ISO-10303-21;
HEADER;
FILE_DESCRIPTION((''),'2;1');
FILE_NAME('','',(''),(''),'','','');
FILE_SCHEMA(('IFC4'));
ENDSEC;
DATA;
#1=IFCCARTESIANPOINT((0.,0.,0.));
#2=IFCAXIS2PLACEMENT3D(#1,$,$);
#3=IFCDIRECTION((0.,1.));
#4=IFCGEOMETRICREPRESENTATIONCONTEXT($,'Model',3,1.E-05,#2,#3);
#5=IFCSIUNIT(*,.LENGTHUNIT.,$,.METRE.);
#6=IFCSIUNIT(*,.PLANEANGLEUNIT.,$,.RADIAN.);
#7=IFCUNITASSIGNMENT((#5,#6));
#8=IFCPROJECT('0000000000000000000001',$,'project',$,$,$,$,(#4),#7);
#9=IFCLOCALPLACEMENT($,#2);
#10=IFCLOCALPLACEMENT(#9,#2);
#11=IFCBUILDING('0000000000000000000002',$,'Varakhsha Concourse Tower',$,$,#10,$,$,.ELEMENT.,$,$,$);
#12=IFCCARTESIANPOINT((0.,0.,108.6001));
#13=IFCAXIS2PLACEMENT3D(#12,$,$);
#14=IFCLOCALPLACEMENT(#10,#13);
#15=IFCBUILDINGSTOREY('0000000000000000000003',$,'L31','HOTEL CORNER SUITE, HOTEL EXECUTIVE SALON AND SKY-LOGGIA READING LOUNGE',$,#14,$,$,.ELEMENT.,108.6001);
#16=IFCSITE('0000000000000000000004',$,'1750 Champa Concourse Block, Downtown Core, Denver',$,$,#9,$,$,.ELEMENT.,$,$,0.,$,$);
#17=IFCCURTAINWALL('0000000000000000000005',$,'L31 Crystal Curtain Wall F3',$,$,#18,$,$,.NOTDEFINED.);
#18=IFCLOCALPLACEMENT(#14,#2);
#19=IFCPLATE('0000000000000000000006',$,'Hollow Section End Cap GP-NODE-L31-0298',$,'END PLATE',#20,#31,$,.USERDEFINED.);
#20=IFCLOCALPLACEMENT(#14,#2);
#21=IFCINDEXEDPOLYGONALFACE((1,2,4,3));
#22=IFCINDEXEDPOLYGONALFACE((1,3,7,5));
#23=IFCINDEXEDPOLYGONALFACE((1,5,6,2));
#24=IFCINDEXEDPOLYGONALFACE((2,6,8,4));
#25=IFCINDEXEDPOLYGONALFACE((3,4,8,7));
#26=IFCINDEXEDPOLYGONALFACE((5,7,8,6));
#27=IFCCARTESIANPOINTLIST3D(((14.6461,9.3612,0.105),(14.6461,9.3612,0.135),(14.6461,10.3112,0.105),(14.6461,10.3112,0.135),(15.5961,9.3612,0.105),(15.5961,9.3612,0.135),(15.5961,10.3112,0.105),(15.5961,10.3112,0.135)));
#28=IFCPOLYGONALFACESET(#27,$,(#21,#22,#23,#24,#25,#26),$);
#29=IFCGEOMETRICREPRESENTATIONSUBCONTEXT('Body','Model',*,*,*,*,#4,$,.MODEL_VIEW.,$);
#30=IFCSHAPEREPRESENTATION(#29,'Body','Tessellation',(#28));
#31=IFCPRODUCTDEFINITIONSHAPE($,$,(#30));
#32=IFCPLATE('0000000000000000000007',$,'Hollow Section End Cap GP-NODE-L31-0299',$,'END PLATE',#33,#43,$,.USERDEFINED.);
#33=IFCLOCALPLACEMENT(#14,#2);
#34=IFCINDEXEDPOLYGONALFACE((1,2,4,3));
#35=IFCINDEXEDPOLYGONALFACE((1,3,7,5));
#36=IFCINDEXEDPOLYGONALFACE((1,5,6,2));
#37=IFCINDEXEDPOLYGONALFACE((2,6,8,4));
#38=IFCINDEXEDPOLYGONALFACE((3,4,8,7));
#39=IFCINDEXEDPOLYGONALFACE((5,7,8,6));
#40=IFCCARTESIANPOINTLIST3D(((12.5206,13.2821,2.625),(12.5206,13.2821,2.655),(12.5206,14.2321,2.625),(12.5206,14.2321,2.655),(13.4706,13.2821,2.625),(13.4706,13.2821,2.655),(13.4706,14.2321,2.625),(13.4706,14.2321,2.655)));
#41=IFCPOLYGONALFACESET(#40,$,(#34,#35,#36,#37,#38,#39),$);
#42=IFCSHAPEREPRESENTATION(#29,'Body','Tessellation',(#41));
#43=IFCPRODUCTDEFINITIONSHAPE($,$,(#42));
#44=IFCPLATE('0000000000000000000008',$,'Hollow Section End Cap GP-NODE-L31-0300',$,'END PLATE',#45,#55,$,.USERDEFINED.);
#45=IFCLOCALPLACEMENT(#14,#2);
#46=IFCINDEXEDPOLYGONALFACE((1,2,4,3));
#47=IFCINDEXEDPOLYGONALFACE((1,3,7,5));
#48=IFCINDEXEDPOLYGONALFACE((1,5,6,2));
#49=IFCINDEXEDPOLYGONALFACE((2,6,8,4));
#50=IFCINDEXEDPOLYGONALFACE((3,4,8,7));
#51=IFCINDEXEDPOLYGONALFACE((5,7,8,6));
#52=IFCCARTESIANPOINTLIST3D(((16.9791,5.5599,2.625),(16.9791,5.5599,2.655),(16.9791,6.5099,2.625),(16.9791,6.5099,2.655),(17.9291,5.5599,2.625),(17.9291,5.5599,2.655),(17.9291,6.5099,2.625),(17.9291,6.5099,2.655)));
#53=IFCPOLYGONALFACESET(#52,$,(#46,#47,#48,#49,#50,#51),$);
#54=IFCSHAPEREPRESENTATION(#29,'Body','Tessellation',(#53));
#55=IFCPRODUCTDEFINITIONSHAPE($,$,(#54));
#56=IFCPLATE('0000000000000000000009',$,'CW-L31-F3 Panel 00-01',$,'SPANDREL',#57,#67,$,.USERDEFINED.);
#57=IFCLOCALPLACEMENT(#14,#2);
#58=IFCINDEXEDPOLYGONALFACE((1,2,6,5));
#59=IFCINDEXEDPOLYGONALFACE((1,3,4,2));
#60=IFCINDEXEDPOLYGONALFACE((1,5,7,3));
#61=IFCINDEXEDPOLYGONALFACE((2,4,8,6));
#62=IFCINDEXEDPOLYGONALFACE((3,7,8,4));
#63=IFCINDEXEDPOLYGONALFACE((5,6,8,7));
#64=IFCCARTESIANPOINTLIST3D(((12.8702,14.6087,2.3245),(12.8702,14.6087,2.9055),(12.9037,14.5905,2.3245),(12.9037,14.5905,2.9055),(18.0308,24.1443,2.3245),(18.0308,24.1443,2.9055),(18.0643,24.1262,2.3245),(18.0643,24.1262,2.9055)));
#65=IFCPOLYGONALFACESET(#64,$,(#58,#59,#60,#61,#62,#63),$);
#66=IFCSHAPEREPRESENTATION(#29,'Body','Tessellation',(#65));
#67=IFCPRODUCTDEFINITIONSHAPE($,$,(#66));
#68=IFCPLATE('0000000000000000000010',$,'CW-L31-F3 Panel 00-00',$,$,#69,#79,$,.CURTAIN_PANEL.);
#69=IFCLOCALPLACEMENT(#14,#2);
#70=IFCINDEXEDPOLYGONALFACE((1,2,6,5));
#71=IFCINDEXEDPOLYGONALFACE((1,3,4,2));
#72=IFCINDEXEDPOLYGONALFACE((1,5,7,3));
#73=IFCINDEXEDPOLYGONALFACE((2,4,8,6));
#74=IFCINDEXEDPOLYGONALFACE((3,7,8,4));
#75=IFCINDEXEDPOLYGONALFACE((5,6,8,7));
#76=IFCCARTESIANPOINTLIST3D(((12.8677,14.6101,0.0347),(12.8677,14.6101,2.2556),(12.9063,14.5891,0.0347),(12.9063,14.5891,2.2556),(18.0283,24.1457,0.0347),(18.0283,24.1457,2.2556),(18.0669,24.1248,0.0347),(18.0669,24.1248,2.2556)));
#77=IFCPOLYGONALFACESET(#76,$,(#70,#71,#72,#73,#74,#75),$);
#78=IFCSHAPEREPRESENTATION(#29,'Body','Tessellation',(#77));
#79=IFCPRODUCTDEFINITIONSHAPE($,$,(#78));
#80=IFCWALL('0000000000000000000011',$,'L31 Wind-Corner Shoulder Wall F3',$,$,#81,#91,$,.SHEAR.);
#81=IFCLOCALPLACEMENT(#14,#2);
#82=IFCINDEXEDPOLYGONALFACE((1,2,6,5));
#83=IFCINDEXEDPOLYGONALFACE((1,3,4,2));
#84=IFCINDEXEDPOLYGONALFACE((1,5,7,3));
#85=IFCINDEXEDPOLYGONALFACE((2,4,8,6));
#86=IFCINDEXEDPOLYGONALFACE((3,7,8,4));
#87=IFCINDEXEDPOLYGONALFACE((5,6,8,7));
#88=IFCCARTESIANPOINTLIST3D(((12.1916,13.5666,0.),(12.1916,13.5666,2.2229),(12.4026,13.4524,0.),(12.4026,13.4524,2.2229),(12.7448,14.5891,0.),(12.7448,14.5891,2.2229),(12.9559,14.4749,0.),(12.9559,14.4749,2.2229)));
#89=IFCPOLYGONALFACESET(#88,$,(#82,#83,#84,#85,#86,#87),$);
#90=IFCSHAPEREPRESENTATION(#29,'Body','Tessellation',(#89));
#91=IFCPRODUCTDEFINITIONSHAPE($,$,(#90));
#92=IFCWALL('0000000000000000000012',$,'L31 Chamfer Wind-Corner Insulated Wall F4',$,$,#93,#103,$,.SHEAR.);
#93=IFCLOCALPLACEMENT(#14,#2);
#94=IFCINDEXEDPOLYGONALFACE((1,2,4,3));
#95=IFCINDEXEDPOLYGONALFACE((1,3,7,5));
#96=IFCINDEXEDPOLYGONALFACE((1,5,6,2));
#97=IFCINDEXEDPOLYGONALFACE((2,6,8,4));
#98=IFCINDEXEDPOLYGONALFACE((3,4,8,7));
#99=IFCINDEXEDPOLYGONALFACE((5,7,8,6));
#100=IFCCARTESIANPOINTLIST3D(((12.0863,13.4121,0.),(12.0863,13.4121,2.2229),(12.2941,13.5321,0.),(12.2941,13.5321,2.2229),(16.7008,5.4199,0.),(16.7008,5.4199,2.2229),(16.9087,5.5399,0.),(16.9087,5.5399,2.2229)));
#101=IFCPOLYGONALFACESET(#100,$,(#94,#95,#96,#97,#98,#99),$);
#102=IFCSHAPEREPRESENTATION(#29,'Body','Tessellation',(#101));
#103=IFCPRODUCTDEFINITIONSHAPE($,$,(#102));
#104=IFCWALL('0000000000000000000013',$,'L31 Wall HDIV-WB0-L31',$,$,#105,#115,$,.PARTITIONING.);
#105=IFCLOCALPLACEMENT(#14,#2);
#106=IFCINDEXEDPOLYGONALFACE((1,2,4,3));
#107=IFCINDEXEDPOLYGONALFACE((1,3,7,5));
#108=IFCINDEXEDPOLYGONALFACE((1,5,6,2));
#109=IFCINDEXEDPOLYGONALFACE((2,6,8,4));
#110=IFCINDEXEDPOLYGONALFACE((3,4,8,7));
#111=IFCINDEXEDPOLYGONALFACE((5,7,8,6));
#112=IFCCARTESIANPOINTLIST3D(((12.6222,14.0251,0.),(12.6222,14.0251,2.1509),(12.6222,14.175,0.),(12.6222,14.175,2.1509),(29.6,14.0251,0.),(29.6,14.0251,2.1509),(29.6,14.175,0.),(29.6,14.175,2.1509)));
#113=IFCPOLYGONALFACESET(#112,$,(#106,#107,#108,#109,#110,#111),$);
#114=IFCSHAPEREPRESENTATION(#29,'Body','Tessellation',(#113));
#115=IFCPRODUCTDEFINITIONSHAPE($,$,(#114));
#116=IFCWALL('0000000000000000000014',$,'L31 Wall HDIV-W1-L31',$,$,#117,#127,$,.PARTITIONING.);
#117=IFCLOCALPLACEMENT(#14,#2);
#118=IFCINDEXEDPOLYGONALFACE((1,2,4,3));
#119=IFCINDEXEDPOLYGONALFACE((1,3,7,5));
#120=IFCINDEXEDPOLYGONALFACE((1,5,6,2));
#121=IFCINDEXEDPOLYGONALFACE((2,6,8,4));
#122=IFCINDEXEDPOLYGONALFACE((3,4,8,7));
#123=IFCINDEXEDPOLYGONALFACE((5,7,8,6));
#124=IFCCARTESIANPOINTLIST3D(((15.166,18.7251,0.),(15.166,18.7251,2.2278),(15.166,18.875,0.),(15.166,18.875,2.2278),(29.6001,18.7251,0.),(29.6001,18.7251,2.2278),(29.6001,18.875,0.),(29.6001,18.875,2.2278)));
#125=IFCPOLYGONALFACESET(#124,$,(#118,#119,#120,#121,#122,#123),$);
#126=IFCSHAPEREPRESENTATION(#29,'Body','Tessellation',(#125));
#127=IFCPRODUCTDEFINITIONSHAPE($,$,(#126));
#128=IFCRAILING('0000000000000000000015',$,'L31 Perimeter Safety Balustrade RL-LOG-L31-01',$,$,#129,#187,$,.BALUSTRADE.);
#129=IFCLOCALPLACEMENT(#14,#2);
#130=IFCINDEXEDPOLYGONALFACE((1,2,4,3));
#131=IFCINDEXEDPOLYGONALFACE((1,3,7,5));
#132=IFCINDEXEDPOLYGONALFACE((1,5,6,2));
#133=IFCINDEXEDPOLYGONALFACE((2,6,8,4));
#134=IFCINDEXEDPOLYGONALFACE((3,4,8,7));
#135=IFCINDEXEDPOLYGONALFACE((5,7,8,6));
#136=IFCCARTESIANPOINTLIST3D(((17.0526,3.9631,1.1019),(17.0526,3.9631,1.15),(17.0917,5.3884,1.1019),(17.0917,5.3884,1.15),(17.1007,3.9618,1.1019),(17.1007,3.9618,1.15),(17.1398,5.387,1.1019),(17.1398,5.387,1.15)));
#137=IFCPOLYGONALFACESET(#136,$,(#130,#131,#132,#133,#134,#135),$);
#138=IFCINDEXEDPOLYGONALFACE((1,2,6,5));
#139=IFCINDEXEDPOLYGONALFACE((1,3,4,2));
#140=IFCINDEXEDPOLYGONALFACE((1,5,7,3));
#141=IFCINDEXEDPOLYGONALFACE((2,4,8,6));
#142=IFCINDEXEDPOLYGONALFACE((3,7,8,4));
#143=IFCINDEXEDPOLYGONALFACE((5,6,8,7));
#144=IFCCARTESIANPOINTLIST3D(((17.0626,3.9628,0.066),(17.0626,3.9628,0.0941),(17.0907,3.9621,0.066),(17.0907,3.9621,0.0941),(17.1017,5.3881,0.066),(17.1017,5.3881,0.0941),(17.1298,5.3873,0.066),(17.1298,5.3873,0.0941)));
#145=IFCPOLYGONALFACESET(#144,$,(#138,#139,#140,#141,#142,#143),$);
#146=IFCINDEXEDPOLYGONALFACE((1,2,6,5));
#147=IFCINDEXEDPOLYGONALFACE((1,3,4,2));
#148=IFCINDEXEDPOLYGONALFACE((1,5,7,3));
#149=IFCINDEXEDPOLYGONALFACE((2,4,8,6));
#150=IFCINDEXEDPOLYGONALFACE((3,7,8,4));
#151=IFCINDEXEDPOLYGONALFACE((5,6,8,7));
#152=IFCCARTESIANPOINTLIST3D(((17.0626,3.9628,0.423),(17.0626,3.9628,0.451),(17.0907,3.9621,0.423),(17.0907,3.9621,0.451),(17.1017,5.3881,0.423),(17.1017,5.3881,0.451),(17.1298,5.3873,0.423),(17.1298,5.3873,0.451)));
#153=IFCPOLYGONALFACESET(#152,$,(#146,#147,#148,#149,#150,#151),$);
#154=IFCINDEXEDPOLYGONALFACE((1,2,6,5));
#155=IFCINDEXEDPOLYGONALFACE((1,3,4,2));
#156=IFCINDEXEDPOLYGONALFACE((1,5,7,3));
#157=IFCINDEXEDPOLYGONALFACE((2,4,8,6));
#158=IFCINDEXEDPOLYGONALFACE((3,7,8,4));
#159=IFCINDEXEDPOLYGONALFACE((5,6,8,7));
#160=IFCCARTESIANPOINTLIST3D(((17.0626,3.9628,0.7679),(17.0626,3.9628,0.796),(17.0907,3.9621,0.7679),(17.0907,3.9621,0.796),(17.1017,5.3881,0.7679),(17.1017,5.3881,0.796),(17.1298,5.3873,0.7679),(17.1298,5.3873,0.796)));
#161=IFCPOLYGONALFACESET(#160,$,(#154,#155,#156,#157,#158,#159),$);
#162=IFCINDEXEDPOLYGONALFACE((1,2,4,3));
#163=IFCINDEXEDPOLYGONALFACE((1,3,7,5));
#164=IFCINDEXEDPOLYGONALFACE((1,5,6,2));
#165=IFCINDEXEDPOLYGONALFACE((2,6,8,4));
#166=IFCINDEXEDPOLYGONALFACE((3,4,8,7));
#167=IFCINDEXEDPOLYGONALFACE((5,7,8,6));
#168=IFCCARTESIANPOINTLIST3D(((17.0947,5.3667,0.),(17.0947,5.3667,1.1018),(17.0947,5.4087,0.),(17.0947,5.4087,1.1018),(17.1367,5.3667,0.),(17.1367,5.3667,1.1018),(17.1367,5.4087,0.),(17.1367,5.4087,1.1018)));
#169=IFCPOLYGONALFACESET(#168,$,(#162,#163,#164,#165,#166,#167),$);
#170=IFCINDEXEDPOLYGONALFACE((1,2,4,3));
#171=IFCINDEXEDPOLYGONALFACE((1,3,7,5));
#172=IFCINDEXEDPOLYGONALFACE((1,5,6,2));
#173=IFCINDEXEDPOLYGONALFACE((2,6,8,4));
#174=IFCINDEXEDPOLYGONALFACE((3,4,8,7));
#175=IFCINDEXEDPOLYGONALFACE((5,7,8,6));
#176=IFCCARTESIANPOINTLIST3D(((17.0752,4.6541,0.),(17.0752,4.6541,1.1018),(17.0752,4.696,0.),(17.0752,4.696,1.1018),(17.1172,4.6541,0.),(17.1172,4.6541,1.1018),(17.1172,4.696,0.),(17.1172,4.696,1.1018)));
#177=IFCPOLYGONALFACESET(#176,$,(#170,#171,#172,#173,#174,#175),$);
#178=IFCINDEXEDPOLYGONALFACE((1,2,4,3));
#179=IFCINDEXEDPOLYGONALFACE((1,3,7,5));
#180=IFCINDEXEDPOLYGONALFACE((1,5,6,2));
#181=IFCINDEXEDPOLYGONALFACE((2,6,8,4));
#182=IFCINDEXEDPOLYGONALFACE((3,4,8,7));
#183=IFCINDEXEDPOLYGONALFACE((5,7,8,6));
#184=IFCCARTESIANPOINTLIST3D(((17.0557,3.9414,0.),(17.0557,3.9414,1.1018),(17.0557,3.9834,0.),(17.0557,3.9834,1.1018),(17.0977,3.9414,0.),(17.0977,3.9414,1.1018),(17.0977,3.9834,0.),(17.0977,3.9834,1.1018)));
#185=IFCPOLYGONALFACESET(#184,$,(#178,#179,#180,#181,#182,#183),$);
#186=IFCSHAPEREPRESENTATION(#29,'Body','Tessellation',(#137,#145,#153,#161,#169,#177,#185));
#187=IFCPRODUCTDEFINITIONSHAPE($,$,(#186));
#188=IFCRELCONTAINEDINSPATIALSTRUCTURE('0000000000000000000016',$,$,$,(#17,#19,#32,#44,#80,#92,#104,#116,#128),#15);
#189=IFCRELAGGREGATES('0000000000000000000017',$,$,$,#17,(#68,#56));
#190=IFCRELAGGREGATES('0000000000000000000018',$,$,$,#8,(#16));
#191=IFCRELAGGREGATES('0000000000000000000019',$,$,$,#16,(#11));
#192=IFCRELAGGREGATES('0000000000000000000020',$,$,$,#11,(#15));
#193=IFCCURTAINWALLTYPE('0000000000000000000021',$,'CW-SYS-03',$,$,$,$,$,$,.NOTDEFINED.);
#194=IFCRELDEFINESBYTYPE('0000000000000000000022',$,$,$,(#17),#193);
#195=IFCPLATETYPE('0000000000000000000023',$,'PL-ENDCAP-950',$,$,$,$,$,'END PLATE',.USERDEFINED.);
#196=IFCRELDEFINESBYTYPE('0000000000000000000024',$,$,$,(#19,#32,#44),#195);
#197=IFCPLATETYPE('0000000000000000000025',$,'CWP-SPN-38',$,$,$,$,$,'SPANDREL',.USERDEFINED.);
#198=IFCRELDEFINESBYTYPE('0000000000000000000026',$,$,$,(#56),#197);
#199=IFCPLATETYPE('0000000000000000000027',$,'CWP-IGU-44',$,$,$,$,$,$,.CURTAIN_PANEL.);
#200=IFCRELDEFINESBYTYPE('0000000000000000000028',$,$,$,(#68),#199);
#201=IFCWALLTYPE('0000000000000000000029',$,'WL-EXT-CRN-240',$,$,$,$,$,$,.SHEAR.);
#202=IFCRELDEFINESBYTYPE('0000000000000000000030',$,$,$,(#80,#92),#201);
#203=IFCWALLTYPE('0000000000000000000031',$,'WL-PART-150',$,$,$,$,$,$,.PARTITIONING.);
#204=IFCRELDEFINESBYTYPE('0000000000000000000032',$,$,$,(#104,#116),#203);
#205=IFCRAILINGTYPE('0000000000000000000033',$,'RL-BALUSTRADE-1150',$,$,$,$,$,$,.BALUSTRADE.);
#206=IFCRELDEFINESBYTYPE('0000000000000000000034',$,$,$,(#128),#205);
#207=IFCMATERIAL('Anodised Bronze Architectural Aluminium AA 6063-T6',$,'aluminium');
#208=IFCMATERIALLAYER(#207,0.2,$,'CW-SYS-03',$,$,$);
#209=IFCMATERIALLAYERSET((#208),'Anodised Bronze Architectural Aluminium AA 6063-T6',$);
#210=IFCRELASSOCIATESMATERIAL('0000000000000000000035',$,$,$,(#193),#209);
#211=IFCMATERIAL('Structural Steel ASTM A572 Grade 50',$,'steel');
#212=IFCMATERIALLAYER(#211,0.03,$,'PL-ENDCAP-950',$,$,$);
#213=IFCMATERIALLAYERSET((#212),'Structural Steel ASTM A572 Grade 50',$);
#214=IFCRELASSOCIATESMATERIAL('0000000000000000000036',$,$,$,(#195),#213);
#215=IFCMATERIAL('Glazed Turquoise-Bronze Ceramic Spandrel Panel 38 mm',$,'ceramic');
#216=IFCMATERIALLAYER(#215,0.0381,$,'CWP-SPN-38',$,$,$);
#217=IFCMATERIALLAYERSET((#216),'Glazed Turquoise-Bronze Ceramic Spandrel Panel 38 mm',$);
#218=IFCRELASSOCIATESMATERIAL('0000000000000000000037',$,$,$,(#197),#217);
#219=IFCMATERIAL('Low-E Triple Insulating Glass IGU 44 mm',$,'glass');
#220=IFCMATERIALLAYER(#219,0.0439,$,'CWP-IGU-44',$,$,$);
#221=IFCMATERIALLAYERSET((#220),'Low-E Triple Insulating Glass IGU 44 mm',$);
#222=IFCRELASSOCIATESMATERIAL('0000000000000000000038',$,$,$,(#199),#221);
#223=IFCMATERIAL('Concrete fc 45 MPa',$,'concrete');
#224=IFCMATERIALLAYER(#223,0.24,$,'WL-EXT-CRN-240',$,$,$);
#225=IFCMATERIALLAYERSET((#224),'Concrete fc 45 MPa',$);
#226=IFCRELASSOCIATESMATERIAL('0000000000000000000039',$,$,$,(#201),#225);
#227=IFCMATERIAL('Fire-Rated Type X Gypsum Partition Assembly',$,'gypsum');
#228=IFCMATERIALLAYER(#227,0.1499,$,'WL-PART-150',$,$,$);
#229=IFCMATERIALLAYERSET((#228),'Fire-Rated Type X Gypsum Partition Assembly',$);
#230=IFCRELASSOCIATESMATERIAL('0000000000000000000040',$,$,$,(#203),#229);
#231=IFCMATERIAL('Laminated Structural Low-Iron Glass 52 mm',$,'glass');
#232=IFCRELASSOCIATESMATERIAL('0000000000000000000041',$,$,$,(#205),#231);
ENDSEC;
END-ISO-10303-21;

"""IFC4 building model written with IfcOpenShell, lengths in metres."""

from ifc_helpers import new_model, si_unit, direction, frame, frame_2d, origin, origin_2d, place, context, subcontext, project, spatial, rectangle, extrude, source, transform, mapped, material, layer, layer_set, type_object, type_shapes, element, aggregate, save


model = new_model("IFC4")

# Units and contexts
model_context = context("Model", 3, precision=1e-05, world=origin(), true_north=direction((0.0, 1.0)))
body_context = subcontext(model_context, "Body", "Model", "MODEL_VIEW")
ifc_project = project(units=[si_unit("LENGTHUNIT", "METRE"), si_unit("PLANEANGLEUNIT", "RADIAN")], contexts=[model_context])

# Site, building, storey
site_placement = place(None, origin())
site = spatial("IfcSite", under=ifc_project, at=site_placement, Name="1750 Champa Concourse Block, Downtown Core, Denver", CompositionType="ELEMENT", RefElevation=0.0)
building_placement = place(site_placement, origin())
building = spatial("IfcBuilding", under=site, at=building_placement, Name="Varakhsha Concourse Tower", CompositionType="ELEMENT")
storey_placement = place(building_placement, frame((0.0, 0.0, 108.6001)))
storey = spatial("IfcBuildingStorey", under=building, at=storey_placement, Name="L31", Description="HOTEL CORNER SUITE, HOTEL EXECUTIVE SALON AND SKY-LOGGIA READING LOUNGE", CompositionType="ELEMENT", Elevation=108.6001)

# Shared definitions
ifc_material_1 = material(Name="Structural Steel ASTM A572 Grade 50", Category="steel")

# Curtain wall
ifc_material_2 = material(Name="Anodised Bronze Architectural Aluminium AA 6063-T6", Category="aluminium")
ifc_layer_1 = layer(ifc_material_2, 0.2, Name="CW-SYS-03")
ifc_layer_set_1 = layer_set([ifc_layer_1], Name="Anodised Bronze Architectural Aluminium AA 6063-T6")
curtain_wall_type = type_object("IfcCurtainWallType", Name="CW-SYS-03", PredefinedType="NOTDEFINED", material=ifc_layer_set_1)
curtain_wall_placement = place(storey_placement, origin())
curtain_wall = element("IfcCurtainWall", 1, at=curtain_wall_placement, inside=storey, type_object=curtain_wall_type, Name="L31 Crystal Curtain Wall F3", PredefinedType="NOTDEFINED")

# Shared definitions
ifc_material_3 = material(Name="Concrete fc 45 MPa", Category="concrete")

# Plates
ifc_layer_2 = layer(ifc_material_1, 0.03, Name="PL-ENDCAP-950")
ifc_layer_set_2 = layer_set([ifc_layer_2], Name="Structural Steel ASTM A572 Grade 50")
plate_type_1 = type_object("IfcPlateType", Name="PL-ENDCAP-950", ElementType="END PLATE", PredefinedType="USERDEFINED", material=ifc_layer_set_2)
shared_shape_1 = source(origin(), body_context, "Body", "SweptSolid", [
    extrude(rectangle(XDim=0.95, YDim=0.95, at=origin_2d()), origin(), (0.0, 0.0, 1.0), 0.03),
])
type_shapes(plate_type_1, [shared_shape_1])
for number, where, z_axis, x_axis, name in (
    (2, (15.1211, 9.8362, 0.105), (0.0, 0.0, 1.0), (1.0, 0.0, 0.0), "Hollow Section End Cap GP-NODE-L31-0298"),
    (3, (12.9956, 13.7571, 2.625), (0.0, 0.0, 1.0), (1.0, 0.0, 0.0), "Hollow Section End Cap GP-NODE-L31-0299"),
    (4, (17.4541, 6.0349, 2.625), (0.0, 0.0, 1.0), (1.0, 0.0, 0.0), "Hollow Section End Cap GP-NODE-L31-0300"),
):
    element("IfcPlate", number, at=place(storey_placement, frame(where, z_axis=z_axis, x_axis=x_axis)), inside=storey, type_object=plate_type_1, Name=name, ObjectType="END PLATE", PredefinedType="USERDEFINED", context=body_context, shape_type="MappedRepresentation", body=[
        mapped(shared_shape_1, transform((0.0, 0.0, 0.0), scale=1.0)),
    ])

# Plates
ifc_material_4 = material(Name="Glazed Turquoise-Bronze Ceramic Spandrel Panel 38 mm", Category="ceramic")
ifc_layer_3 = layer(ifc_material_4, 0.0381, Name="CWP-SPN-38")
ifc_layer_set_3 = layer_set([ifc_layer_3], Name="Glazed Turquoise-Bronze Ceramic Spandrel Panel 38 mm")
plate_type_2 = type_object("IfcPlateType", Name="CWP-SPN-38", ElementType="SPANDREL", PredefinedType="USERDEFINED", material=ifc_layer_set_3)
shared_shape_2 = source(origin(), body_context, "Body", "SweptSolid", [
    extrude(rectangle(XDim=10.8425, YDim=0.0381, at=origin_2d()), origin(), (0.0, 0.0, 1.0), 0.5811),
])
type_shapes(plate_type_2, [shared_shape_2])
plate_1_placement = place(storey_placement, frame((15.4673, 19.3674, 2.3245), z_axis=(0.0, 0.0, 1.0), x_axis=(0.475959, 0.879468, 0.0)))
plate_1 = element("IfcPlate", 5, at=plate_1_placement, type_object=plate_type_2, Name="CW-L31-F3 Panel 00-01", ObjectType="SPANDREL", PredefinedType="USERDEFINED", context=body_context, shape_type="MappedRepresentation", body=[
    mapped(shared_shape_2, transform((0.0, 0.0, 0.0), scale=1.0)),
])
ifc_material_5 = material(Name="Low-E Triple Insulating Glass IGU 44 mm", Category="glass")
ifc_layer_4 = layer(ifc_material_5, 0.0439, Name="CWP-IGU-44")
ifc_layer_set_4 = layer_set([ifc_layer_4], Name="Low-E Triple Insulating Glass IGU 44 mm")
plate_type_3 = type_object("IfcPlateType", Name="CWP-IGU-44", PredefinedType="CURTAIN_PANEL", material=ifc_layer_set_4)
shared_shape_3 = source(origin(), body_context, "Body", "SweptSolid", [
    extrude(rectangle(XDim=10.8425, YDim=0.0439, at=origin_2d()), origin(), (0.0, 0.0, 1.0), 2.2209),
])
type_shapes(plate_type_3, [shared_shape_3])
plate_2_placement = place(storey_placement, frame((15.4673, 19.3674, 0.0347), z_axis=(0.0, 0.0, 1.0), x_axis=(0.475959, 0.879468, 0.0)))
plate_2 = element("IfcPlate", 6, at=plate_2_placement, type_object=plate_type_3, Name="CW-L31-F3 Panel 00-00", PredefinedType="CURTAIN_PANEL", context=body_context, shape_type="MappedRepresentation", body=[
    mapped(shared_shape_3, transform((0.0, 0.0, 0.0), scale=1.0)),
])
aggregate(curtain_wall, [plate_2, plate_1])

# Walls
ifc_layer_5 = layer(ifc_material_3, 0.24, Name="WL-EXT-CRN-240")
ifc_layer_set_5 = layer_set([ifc_layer_5], Name="Concrete fc 45 MPa")
wall_type_1 = type_object("IfcWallType", Name="WL-EXT-CRN-240", PredefinedType="SHEAR", material=ifc_layer_set_5)
wall_1_placement = place(storey_placement, frame((12.8503, 14.532, 0.0), z_axis=(0.0, 0.0, 1.0), x_axis=(-0.475877, -0.879512, 0.0)))
element("IfcWall", 7, at=wall_1_placement, inside=storey, type_object=wall_type_1, Name="L31 Wind-Corner Shoulder Wall F3", PredefinedType="SHEAR", context=body_context, shape_type="SweptSolid", body=[
    extrude(rectangle(XDim=1.1626, YDim=0.24, at=frame_2d((0.5813, 0.0))), origin(), (0.0, 0.0, 1.0), 2.2229),
])
wall_2_placement = place(storey_placement, frame((16.8047, 5.48, 0.0), z_axis=(0.0, 0.0, 1.0), x_axis=(-0.500017, 0.866016, 0.0)))
element("IfcWall", 8, at=wall_2_placement, inside=storey, type_object=wall_type_1, Name="L31 Chamfer Wind-Corner Insulated Wall F4", PredefinedType="SHEAR", context=body_context, shape_type="SweptSolid", body=[
    extrude(rectangle(XDim=9.2288, YDim=0.24, at=frame_2d((4.6143, 0.0))), origin(), (0.0, 0.0, 1.0), 2.2229),
])
ifc_material_6 = material(Name="Fire-Rated Type X Gypsum Partition Assembly", Category="gypsum")
ifc_layer_6 = layer(ifc_material_6, 0.1499, Name="WL-PART-150")
ifc_layer_set_6 = layer_set([ifc_layer_6], Name="Fire-Rated Type X Gypsum Partition Assembly")
wall_type_2 = type_object("IfcWallType", Name="WL-PART-150", PredefinedType="PARTITIONING", material=ifc_layer_set_6)
wall_3_placement = place(storey_placement, frame((12.6223, 14.1001, 0.0), z_axis=(0.0, 0.0, 1.0), x_axis=(1.0, 0.0, 0.0)))
element("IfcWall", 9, at=wall_3_placement, inside=storey, type_object=wall_type_2, Name="L31 Wall HDIV-WB0-L31", PredefinedType="PARTITIONING", context=body_context, shape_type="SweptSolid", body=[
    extrude(rectangle(XDim=16.9778, YDim=0.1499, at=frame_2d((8.4888, 0.0))), origin(), (0.0, 0.0, 1.0), 2.1509),
])
wall_4_placement = place(storey_placement, frame((15.166, 18.8, 0.0), z_axis=(0.0, 0.0, 1.0), x_axis=(1.0, 0.0, 0.0)))
element("IfcWall", 10, at=wall_4_placement, inside=storey, type_object=wall_type_2, Name="L31 Wall HDIV-W1-L31", PredefinedType="PARTITIONING", context=body_context, shape_type="SweptSolid", body=[
    extrude(rectangle(XDim=14.4341, YDim=0.1499, at=frame_2d((7.217, 0.0))), origin(), (0.0, 0.0, 1.0), 2.2278),
])

# Railing
ifc_material_7 = material(Name="Laminated Structural Low-Iron Glass 52 mm", Category="glass")
railing_type = type_object("IfcRailingType", Name="RL-BALUSTRADE-1150", PredefinedType="BALUSTRADE", material=ifc_material_7)
railing_1_placement = place(storey_placement, frame((17.1157, 5.3877, 0.0)))
element("IfcRailing", 11, at=railing_1_placement, inside=storey, type_object=railing_type, Name="L31 Perimeter Safety Balustrade RL-LOG-L31-01", PredefinedType="BALUSTRADE", context=body_context, shape_type="SweptSolid", body=[
    extrude(rectangle(XDim=0.0481, YDim=0.0481, at=origin_2d()), frame((0.0, 0.0, 1.126), z_axis=(-0.027396, -0.999625, 0.0), x_axis=(0.999625, -0.027396, 0.0)), (0.0, 0.0, 1.0), 1.4258),
    extrude(rectangle(XDim=0.0281, YDim=0.0281, at=origin_2d()), frame((0.0, 0.0, 0.0801), z_axis=(-0.027396, -0.999625, 0.0), x_axis=(0.999625, -0.027396, 0.0)), (0.0, 0.0, 1.0), 1.4258),
    extrude(rectangle(XDim=0.0281, YDim=0.0281, at=origin_2d()), frame((0.0, 0.0, 0.437), z_axis=(-0.027396, -0.999625, 0.0), x_axis=(0.999625, -0.027396, 0.0)), (0.0, 0.0, 1.0), 1.4258),
    extrude(rectangle(XDim=0.0281, YDim=0.0281, at=origin_2d()), frame((0.0, 0.0, 0.782), z_axis=(-0.027396, -0.999625, 0.0), x_axis=(0.999625, -0.027396, 0.0)), (0.0, 0.0, 1.0), 1.4258),
    extrude(rectangle(XDim=0.042, YDim=0.042, at=origin_2d()), origin(), (0.0, 0.0, 1.0), 1.1018),
    extrude(rectangle(XDim=0.042, YDim=0.042, at=origin_2d()), frame((-0.0195, -0.7126, 0.0)), (0.0, 0.0, 1.0), 1.1018),
    extrude(rectangle(XDim=0.042, YDim=0.042, at=origin_2d()), frame((-0.0391, -1.4253, 0.0)), (0.0, 0.0, 1.0), 1.1018),
])

save(model, "model.ifc")
